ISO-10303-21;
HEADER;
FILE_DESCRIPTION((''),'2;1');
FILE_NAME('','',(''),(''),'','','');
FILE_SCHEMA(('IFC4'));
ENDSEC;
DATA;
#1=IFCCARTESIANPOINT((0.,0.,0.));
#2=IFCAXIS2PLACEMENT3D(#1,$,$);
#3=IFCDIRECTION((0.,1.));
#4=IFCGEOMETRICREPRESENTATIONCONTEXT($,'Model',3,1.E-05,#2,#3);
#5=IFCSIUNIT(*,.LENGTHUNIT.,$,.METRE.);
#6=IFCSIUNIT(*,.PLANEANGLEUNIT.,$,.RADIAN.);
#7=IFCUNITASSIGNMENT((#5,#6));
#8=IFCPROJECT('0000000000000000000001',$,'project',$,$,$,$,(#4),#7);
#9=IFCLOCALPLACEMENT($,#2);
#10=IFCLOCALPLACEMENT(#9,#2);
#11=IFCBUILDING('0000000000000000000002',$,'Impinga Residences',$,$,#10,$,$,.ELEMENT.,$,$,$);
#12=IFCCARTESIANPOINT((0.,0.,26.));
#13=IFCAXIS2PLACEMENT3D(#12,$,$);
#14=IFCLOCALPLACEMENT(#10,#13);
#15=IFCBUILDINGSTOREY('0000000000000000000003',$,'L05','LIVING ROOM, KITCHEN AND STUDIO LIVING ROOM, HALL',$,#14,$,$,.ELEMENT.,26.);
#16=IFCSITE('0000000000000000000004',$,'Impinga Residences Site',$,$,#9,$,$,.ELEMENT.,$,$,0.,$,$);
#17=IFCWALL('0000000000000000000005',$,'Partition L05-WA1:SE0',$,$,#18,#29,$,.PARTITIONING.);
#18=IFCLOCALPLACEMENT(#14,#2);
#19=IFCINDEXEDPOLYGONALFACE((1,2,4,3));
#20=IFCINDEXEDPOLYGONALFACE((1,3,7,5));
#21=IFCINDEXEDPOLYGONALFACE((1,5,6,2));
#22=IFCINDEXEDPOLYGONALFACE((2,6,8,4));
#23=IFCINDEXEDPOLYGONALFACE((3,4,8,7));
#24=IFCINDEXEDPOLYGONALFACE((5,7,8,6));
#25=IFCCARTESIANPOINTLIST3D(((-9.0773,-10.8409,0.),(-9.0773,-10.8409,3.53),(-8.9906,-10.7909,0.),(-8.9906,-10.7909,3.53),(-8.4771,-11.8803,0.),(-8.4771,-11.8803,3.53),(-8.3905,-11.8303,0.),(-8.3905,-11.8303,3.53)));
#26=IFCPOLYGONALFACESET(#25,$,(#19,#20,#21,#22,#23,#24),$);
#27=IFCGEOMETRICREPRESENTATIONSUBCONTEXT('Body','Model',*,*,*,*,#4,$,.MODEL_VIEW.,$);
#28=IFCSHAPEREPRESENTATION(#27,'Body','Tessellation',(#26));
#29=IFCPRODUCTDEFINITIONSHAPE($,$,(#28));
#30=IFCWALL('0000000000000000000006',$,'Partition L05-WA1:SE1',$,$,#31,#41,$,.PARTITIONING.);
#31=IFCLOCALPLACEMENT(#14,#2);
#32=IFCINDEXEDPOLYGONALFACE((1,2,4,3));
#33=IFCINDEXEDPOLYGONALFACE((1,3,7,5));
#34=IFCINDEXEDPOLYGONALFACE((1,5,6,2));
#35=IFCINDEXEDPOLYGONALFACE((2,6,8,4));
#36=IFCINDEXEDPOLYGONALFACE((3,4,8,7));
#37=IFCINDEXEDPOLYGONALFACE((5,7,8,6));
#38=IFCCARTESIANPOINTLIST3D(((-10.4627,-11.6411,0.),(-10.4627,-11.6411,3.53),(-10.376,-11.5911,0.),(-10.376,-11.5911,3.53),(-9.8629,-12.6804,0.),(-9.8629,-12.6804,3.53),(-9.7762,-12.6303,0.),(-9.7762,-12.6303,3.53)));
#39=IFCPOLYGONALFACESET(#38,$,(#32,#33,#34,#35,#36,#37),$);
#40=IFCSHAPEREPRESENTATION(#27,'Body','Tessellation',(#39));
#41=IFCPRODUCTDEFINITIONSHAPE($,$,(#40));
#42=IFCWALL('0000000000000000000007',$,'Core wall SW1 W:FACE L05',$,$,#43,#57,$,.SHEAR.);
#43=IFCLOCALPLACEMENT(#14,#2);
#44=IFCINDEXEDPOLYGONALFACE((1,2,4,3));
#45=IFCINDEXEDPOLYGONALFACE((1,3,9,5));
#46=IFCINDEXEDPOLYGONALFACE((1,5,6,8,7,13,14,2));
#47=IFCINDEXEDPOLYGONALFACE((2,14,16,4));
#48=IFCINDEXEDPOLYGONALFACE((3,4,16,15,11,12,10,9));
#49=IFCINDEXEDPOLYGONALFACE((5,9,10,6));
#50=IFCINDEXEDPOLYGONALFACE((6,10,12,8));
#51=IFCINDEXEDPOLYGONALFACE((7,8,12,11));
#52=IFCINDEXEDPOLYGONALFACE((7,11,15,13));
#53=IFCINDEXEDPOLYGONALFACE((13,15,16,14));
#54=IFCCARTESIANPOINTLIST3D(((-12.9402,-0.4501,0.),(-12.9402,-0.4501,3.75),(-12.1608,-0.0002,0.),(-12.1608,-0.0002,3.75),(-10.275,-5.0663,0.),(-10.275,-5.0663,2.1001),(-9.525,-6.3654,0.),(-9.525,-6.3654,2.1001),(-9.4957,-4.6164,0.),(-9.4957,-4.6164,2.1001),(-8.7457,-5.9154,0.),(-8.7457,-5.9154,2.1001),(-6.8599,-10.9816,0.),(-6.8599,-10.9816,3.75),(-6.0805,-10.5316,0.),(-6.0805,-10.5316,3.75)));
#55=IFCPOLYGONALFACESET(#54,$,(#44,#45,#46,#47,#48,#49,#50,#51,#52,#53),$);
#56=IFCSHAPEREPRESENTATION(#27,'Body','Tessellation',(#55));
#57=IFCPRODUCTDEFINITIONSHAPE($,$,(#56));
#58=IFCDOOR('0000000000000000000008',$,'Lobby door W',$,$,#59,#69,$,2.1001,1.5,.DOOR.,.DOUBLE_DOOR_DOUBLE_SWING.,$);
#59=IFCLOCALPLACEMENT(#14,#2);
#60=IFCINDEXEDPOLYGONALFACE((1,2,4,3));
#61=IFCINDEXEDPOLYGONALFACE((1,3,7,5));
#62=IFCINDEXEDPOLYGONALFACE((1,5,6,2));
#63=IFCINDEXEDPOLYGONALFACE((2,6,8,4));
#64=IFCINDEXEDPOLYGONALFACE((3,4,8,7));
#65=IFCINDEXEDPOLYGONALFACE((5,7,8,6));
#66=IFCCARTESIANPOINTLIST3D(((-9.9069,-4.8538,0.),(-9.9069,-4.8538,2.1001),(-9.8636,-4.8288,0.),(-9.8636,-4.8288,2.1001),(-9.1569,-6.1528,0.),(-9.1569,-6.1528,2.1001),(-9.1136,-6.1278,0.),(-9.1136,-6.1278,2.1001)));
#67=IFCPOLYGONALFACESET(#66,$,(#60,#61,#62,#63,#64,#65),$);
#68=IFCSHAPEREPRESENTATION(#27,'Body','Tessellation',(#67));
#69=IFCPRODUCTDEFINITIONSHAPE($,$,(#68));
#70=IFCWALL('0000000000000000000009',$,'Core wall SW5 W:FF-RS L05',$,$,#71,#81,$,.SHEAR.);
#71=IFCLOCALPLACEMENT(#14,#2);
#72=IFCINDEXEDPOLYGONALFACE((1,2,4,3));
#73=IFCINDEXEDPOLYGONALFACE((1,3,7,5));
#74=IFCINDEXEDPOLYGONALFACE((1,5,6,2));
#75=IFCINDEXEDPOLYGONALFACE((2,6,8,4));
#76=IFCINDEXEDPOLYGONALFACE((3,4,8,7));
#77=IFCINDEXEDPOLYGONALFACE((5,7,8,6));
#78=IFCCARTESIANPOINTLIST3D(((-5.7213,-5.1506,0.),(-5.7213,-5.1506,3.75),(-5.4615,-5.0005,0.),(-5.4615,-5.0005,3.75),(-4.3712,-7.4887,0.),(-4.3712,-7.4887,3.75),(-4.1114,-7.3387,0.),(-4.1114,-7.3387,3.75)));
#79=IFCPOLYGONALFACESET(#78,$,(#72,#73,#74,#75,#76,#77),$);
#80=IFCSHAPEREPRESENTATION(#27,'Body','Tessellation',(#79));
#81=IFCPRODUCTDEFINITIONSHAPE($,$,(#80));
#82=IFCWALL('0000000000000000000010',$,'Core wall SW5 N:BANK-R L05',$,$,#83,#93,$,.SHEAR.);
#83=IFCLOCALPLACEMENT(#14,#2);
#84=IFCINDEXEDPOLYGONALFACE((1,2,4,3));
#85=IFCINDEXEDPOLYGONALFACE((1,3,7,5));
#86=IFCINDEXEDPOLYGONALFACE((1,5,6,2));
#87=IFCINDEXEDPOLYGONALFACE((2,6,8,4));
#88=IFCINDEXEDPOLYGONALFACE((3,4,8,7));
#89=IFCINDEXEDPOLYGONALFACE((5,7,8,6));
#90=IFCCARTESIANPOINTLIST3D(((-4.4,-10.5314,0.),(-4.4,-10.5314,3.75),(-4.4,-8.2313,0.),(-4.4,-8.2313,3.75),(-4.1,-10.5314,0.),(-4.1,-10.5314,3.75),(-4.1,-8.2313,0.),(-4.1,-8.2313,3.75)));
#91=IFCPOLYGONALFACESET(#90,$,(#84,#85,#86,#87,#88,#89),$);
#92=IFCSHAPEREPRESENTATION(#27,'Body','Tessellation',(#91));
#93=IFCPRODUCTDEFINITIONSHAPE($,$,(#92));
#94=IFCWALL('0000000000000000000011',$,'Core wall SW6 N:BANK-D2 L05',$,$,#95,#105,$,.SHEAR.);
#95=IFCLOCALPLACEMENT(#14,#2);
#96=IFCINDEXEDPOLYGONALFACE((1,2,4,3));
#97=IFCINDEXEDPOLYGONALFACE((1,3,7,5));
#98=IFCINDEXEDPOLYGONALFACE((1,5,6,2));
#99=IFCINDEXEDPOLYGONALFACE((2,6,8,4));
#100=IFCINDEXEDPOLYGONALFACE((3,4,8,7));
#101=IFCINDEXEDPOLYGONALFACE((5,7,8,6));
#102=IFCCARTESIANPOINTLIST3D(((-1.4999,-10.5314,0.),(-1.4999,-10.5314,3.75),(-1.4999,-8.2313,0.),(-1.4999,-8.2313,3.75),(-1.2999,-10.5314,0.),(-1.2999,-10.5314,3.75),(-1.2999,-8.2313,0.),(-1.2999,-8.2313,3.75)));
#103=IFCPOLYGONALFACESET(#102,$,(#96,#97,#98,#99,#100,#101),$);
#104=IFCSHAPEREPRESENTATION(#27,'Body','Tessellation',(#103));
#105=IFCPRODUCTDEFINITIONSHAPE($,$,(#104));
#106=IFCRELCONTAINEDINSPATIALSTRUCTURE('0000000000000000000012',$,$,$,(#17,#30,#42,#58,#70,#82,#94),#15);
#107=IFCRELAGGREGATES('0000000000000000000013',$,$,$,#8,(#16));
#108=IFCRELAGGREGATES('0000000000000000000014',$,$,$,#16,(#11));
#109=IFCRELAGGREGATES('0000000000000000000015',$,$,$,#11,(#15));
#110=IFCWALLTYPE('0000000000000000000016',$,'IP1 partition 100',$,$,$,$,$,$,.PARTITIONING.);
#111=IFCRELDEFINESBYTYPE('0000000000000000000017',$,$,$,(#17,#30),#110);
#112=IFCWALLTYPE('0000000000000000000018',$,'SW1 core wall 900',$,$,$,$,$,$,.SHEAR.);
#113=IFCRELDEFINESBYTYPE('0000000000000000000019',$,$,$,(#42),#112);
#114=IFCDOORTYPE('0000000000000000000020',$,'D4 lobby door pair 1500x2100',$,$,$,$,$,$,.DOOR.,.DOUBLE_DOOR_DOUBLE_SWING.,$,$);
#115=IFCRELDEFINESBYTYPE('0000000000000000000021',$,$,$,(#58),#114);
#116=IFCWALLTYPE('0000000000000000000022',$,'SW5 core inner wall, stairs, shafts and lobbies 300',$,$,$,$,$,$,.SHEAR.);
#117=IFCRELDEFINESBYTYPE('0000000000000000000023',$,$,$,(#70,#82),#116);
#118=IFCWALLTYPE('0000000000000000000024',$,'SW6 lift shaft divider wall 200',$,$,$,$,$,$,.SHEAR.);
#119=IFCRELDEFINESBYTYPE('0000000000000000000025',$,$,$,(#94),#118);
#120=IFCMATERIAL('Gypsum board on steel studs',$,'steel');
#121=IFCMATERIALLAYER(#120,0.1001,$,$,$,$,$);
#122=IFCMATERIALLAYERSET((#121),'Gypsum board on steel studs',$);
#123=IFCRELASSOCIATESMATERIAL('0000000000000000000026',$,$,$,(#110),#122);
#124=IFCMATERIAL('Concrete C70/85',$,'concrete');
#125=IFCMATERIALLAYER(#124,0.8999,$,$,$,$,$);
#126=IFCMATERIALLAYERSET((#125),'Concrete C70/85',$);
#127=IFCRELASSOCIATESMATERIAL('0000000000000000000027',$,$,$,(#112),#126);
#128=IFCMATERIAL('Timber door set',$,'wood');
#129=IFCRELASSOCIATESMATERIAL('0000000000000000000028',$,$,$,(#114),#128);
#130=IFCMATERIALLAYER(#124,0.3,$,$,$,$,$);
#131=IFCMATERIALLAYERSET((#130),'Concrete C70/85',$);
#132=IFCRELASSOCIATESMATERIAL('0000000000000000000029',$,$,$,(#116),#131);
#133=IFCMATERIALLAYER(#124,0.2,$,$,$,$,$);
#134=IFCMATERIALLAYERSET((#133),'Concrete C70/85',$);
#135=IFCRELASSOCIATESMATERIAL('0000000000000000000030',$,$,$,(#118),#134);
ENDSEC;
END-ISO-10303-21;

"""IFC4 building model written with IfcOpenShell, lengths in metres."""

from ifc_helpers import new_model, si_unit, direction, frame, frame_2d, origin, place, context, subcontext, project, spatial, rectangle, extrude, material, layer, layer_set, type_object, element, fill, save


model = new_model("IFC4")

# Units and contexts
model_context = context("Model", 3, precision=1e-05, world=origin(), true_north=direction((0.0, 1.0)))
body_context = subcontext(model_context, "Body", "Model", "MODEL_VIEW")
ifc_project = project(units=[si_unit("LENGTHUNIT", "METRE"), si_unit("PLANEANGLEUNIT", "RADIAN")], contexts=[model_context])

# Site, building, storey
site_placement = place(None, origin())
site = spatial("IfcSite", under=ifc_project, at=site_placement, Name="Impinga Residences Site", CompositionType="ELEMENT", RefElevation=0.0)
building_placement = place(site_placement, origin())
building = spatial("IfcBuilding", under=site, at=building_placement, Name="Impinga Residences", CompositionType="ELEMENT")
storey_placement = place(building_placement, frame((0.0, 0.0, 26.0)))
storey = spatial("IfcBuildingStorey", under=building, at=storey_placement, Name="L05", Description="LIVING ROOM, KITCHEN AND STUDIO LIVING ROOM, HALL", CompositionType="ELEMENT", Elevation=26.0)

# Shared definitions
ifc_material_1 = material(Name="Concrete C70/85", Category="concrete")

# Shared definitions
ifc_material_2 = material(Name="Timber door set", Category="wood")

# Shared definitions
ifc_material_3 = material(Name="Gypsum board on steel studs", Category="steel")
ifc_layer_1 = layer(ifc_material_3, 0.1001)
ifc_layer_set_1 = layer_set([ifc_layer_1], Name="Gypsum board on steel studs")
wall_type_1 = type_object("IfcWallType", Name="IP1 partition 100", PredefinedType="PARTITIONING", material=ifc_layer_set_1)

# Walls
wall_1_placement = place(storey_placement, frame((-9.0339, -10.8159, 0.0), z_axis=(0.0, 0.0, 1.0), x_axis=(0.500034, -0.866006, 0.0)))
element("IfcWall", 1, at=wall_1_placement, inside=storey, type_object=wall_type_1, Name="Partition L05-WA1:SE0", PredefinedType="PARTITIONING", context=body_context, shape_type="SweptSolid", body=[
    extrude(rectangle(XDim=1.2002, YDim=0.1001, at=frame_2d((0.6001, 0.0))), origin(), (0.0, 0.0, 1.0), 3.53),
])
wall_2_placement = place(storey_placement, frame((-10.4194, -11.616, 0.0), z_axis=(0.0, 0.0, 1.0), x_axis=(0.499881, -0.866094, 0.0)))
element("IfcWall", 2, at=wall_2_placement, inside=storey, type_object=wall_type_1, Name="Partition L05-WA1:SE1", PredefinedType="PARTITIONING", context=body_context, shape_type="SweptSolid", body=[
    extrude(rectangle(XDim=1.2, YDim=0.1001, at=frame_2d((0.6001, 0.0))), origin(), (0.0, 0.0, 1.0), 3.53),
])

# Wall, opening, door
ifc_layer_2 = layer(ifc_material_1, 0.8999)
ifc_layer_set_2 = layer_set([ifc_layer_2], Name="Concrete C70/85")
wall_type_2 = type_object("IfcWallType", Name="SW1 core wall 900", PredefinedType="SHEAR", material=ifc_layer_set_2)
wall_3_placement = place(storey_placement, frame((-6.4702, -10.7566, 0.0), z_axis=(0.0, 0.0, 1.0), x_axis=(-0.499998, 0.866027, 0.0)))
wall_3 = element("IfcWall", 3, at=wall_3_placement, inside=storey, type_object=wall_type_2, Name="Core wall SW1 W:FACE L05", PredefinedType="SHEAR", context=body_context, shape_type="SweptSolid", body=[
    extrude(rectangle(XDim=12.1606, YDim=0.8999, at=frame_2d((6.0803, 0.0))), origin(), (0.0, 0.0, 1.0), 3.75),
])
opening_1_placement = place(wall_3_placement, frame((5.3303, 0.0, 0.0)))
opening_1 = element("IfcOpeningElement", 4, at=opening_1_placement, cuts=wall_3, PredefinedType="OPENING", context=body_context, shape_type="SweptSolid", body=[
    extrude(rectangle(XDim=1.5, YDim=2.1001, at=frame_2d((0.75, 1.05))), frame((0.0, 0.46, 0.0), z_axis=(0.0, -1.0, 0.0), x_axis=(1.0, 0.0, 0.0)), (0.0, 0.0, 1.0), 0.9199),
])
door_type_1 = type_object("IfcDoorType", Name="D4 lobby door pair 1500x2100", OperationType="DOUBLE_DOOR_DOUBLE_SWING", PredefinedType="DOOR", material=ifc_material_2)
door_1_placement = place(opening_1_placement, origin())
door_1 = element("IfcDoor", 5, at=door_1_placement, inside=storey, type_object=door_type_1, Name="Lobby door W", OperationType="DOUBLE_DOOR_DOUBLE_SWING", OverallHeight=2.1001, OverallWidth=1.5, PredefinedType="DOOR", context=body_context, shape_type="SweptSolid", body=[
    extrude(rectangle(XDim=1.5, YDim=2.1001, at=frame_2d((0.75, 1.05))), frame((0.0, 0.0249, 0.0), z_axis=(0.0, -1.0, 0.0), x_axis=(1.0, 0.0, 0.0)), (0.0, 0.0, 1.0), 0.05),
])
fill(opening_1, door_1)

# Walls
ifc_layer_3 = layer(ifc_material_1, 0.3)
ifc_layer_set_3 = layer_set([ifc_layer_3], Name="Concrete C70/85")
wall_type_3 = type_object("IfcWallType", Name="SW5 core inner wall, stairs, shafts and lobbies 300", PredefinedType="SHEAR", material=ifc_layer_set_3)
wall_4_placement = place(storey_placement, frame((-4.2412, -7.4138, 0.0), z_axis=(0.0, 0.0, 1.0), x_axis=(-0.500049, 0.865997, 0.0)))
element("IfcWall", 6, at=wall_4_placement, inside=storey, type_object=wall_type_3, Name="Core wall SW5 W:FF-RS L05", PredefinedType="SHEAR", context=body_context, shape_type="SweptSolid", body=[
    extrude(rectangle(XDim=2.7, YDim=0.3, at=frame_2d((1.3501, 0.0))), origin(), (0.0, 0.0, 1.0), 3.75),
])
wall_5_placement = place(storey_placement, frame((-4.25, -8.2314, 0.0), z_axis=(0.0, 0.0, 1.0), x_axis=(0.0, -1.0, 0.0)))
element("IfcWall", 7, at=wall_5_placement, inside=storey, type_object=wall_type_3, Name="Core wall SW5 N:BANK-R L05", PredefinedType="SHEAR", context=body_context, shape_type="SweptSolid", body=[
    extrude(rectangle(XDim=2.3, YDim=0.3, at=frame_2d((1.1499, 0.0))), origin(), (0.0, 0.0, 1.0), 3.75),
])
ifc_layer_4 = layer(ifc_material_1, 0.2)
ifc_layer_set_4 = layer_set([ifc_layer_4], Name="Concrete C70/85")
wall_type_4 = type_object("IfcWallType", Name="SW6 lift shaft divider wall 200", PredefinedType="SHEAR", material=ifc_layer_set_4)
wall_6_placement = place(storey_placement, frame((-1.3999, -8.2314, 0.0), z_axis=(0.0, 0.0, 1.0), x_axis=(0.0, -1.0, 0.0)))
element("IfcWall", 8, at=wall_6_placement, inside=storey, type_object=wall_type_4, Name="Core wall SW6 N:BANK-D2 L05", PredefinedType="SHEAR", context=body_context, shape_type="SweptSolid", body=[
    extrude(rectangle(XDim=2.3, YDim=0.2, at=frame_2d((1.1499, 0.0))), origin(), (0.0, 0.0, 1.0), 3.75),
])

save(model, "model.ifc")
